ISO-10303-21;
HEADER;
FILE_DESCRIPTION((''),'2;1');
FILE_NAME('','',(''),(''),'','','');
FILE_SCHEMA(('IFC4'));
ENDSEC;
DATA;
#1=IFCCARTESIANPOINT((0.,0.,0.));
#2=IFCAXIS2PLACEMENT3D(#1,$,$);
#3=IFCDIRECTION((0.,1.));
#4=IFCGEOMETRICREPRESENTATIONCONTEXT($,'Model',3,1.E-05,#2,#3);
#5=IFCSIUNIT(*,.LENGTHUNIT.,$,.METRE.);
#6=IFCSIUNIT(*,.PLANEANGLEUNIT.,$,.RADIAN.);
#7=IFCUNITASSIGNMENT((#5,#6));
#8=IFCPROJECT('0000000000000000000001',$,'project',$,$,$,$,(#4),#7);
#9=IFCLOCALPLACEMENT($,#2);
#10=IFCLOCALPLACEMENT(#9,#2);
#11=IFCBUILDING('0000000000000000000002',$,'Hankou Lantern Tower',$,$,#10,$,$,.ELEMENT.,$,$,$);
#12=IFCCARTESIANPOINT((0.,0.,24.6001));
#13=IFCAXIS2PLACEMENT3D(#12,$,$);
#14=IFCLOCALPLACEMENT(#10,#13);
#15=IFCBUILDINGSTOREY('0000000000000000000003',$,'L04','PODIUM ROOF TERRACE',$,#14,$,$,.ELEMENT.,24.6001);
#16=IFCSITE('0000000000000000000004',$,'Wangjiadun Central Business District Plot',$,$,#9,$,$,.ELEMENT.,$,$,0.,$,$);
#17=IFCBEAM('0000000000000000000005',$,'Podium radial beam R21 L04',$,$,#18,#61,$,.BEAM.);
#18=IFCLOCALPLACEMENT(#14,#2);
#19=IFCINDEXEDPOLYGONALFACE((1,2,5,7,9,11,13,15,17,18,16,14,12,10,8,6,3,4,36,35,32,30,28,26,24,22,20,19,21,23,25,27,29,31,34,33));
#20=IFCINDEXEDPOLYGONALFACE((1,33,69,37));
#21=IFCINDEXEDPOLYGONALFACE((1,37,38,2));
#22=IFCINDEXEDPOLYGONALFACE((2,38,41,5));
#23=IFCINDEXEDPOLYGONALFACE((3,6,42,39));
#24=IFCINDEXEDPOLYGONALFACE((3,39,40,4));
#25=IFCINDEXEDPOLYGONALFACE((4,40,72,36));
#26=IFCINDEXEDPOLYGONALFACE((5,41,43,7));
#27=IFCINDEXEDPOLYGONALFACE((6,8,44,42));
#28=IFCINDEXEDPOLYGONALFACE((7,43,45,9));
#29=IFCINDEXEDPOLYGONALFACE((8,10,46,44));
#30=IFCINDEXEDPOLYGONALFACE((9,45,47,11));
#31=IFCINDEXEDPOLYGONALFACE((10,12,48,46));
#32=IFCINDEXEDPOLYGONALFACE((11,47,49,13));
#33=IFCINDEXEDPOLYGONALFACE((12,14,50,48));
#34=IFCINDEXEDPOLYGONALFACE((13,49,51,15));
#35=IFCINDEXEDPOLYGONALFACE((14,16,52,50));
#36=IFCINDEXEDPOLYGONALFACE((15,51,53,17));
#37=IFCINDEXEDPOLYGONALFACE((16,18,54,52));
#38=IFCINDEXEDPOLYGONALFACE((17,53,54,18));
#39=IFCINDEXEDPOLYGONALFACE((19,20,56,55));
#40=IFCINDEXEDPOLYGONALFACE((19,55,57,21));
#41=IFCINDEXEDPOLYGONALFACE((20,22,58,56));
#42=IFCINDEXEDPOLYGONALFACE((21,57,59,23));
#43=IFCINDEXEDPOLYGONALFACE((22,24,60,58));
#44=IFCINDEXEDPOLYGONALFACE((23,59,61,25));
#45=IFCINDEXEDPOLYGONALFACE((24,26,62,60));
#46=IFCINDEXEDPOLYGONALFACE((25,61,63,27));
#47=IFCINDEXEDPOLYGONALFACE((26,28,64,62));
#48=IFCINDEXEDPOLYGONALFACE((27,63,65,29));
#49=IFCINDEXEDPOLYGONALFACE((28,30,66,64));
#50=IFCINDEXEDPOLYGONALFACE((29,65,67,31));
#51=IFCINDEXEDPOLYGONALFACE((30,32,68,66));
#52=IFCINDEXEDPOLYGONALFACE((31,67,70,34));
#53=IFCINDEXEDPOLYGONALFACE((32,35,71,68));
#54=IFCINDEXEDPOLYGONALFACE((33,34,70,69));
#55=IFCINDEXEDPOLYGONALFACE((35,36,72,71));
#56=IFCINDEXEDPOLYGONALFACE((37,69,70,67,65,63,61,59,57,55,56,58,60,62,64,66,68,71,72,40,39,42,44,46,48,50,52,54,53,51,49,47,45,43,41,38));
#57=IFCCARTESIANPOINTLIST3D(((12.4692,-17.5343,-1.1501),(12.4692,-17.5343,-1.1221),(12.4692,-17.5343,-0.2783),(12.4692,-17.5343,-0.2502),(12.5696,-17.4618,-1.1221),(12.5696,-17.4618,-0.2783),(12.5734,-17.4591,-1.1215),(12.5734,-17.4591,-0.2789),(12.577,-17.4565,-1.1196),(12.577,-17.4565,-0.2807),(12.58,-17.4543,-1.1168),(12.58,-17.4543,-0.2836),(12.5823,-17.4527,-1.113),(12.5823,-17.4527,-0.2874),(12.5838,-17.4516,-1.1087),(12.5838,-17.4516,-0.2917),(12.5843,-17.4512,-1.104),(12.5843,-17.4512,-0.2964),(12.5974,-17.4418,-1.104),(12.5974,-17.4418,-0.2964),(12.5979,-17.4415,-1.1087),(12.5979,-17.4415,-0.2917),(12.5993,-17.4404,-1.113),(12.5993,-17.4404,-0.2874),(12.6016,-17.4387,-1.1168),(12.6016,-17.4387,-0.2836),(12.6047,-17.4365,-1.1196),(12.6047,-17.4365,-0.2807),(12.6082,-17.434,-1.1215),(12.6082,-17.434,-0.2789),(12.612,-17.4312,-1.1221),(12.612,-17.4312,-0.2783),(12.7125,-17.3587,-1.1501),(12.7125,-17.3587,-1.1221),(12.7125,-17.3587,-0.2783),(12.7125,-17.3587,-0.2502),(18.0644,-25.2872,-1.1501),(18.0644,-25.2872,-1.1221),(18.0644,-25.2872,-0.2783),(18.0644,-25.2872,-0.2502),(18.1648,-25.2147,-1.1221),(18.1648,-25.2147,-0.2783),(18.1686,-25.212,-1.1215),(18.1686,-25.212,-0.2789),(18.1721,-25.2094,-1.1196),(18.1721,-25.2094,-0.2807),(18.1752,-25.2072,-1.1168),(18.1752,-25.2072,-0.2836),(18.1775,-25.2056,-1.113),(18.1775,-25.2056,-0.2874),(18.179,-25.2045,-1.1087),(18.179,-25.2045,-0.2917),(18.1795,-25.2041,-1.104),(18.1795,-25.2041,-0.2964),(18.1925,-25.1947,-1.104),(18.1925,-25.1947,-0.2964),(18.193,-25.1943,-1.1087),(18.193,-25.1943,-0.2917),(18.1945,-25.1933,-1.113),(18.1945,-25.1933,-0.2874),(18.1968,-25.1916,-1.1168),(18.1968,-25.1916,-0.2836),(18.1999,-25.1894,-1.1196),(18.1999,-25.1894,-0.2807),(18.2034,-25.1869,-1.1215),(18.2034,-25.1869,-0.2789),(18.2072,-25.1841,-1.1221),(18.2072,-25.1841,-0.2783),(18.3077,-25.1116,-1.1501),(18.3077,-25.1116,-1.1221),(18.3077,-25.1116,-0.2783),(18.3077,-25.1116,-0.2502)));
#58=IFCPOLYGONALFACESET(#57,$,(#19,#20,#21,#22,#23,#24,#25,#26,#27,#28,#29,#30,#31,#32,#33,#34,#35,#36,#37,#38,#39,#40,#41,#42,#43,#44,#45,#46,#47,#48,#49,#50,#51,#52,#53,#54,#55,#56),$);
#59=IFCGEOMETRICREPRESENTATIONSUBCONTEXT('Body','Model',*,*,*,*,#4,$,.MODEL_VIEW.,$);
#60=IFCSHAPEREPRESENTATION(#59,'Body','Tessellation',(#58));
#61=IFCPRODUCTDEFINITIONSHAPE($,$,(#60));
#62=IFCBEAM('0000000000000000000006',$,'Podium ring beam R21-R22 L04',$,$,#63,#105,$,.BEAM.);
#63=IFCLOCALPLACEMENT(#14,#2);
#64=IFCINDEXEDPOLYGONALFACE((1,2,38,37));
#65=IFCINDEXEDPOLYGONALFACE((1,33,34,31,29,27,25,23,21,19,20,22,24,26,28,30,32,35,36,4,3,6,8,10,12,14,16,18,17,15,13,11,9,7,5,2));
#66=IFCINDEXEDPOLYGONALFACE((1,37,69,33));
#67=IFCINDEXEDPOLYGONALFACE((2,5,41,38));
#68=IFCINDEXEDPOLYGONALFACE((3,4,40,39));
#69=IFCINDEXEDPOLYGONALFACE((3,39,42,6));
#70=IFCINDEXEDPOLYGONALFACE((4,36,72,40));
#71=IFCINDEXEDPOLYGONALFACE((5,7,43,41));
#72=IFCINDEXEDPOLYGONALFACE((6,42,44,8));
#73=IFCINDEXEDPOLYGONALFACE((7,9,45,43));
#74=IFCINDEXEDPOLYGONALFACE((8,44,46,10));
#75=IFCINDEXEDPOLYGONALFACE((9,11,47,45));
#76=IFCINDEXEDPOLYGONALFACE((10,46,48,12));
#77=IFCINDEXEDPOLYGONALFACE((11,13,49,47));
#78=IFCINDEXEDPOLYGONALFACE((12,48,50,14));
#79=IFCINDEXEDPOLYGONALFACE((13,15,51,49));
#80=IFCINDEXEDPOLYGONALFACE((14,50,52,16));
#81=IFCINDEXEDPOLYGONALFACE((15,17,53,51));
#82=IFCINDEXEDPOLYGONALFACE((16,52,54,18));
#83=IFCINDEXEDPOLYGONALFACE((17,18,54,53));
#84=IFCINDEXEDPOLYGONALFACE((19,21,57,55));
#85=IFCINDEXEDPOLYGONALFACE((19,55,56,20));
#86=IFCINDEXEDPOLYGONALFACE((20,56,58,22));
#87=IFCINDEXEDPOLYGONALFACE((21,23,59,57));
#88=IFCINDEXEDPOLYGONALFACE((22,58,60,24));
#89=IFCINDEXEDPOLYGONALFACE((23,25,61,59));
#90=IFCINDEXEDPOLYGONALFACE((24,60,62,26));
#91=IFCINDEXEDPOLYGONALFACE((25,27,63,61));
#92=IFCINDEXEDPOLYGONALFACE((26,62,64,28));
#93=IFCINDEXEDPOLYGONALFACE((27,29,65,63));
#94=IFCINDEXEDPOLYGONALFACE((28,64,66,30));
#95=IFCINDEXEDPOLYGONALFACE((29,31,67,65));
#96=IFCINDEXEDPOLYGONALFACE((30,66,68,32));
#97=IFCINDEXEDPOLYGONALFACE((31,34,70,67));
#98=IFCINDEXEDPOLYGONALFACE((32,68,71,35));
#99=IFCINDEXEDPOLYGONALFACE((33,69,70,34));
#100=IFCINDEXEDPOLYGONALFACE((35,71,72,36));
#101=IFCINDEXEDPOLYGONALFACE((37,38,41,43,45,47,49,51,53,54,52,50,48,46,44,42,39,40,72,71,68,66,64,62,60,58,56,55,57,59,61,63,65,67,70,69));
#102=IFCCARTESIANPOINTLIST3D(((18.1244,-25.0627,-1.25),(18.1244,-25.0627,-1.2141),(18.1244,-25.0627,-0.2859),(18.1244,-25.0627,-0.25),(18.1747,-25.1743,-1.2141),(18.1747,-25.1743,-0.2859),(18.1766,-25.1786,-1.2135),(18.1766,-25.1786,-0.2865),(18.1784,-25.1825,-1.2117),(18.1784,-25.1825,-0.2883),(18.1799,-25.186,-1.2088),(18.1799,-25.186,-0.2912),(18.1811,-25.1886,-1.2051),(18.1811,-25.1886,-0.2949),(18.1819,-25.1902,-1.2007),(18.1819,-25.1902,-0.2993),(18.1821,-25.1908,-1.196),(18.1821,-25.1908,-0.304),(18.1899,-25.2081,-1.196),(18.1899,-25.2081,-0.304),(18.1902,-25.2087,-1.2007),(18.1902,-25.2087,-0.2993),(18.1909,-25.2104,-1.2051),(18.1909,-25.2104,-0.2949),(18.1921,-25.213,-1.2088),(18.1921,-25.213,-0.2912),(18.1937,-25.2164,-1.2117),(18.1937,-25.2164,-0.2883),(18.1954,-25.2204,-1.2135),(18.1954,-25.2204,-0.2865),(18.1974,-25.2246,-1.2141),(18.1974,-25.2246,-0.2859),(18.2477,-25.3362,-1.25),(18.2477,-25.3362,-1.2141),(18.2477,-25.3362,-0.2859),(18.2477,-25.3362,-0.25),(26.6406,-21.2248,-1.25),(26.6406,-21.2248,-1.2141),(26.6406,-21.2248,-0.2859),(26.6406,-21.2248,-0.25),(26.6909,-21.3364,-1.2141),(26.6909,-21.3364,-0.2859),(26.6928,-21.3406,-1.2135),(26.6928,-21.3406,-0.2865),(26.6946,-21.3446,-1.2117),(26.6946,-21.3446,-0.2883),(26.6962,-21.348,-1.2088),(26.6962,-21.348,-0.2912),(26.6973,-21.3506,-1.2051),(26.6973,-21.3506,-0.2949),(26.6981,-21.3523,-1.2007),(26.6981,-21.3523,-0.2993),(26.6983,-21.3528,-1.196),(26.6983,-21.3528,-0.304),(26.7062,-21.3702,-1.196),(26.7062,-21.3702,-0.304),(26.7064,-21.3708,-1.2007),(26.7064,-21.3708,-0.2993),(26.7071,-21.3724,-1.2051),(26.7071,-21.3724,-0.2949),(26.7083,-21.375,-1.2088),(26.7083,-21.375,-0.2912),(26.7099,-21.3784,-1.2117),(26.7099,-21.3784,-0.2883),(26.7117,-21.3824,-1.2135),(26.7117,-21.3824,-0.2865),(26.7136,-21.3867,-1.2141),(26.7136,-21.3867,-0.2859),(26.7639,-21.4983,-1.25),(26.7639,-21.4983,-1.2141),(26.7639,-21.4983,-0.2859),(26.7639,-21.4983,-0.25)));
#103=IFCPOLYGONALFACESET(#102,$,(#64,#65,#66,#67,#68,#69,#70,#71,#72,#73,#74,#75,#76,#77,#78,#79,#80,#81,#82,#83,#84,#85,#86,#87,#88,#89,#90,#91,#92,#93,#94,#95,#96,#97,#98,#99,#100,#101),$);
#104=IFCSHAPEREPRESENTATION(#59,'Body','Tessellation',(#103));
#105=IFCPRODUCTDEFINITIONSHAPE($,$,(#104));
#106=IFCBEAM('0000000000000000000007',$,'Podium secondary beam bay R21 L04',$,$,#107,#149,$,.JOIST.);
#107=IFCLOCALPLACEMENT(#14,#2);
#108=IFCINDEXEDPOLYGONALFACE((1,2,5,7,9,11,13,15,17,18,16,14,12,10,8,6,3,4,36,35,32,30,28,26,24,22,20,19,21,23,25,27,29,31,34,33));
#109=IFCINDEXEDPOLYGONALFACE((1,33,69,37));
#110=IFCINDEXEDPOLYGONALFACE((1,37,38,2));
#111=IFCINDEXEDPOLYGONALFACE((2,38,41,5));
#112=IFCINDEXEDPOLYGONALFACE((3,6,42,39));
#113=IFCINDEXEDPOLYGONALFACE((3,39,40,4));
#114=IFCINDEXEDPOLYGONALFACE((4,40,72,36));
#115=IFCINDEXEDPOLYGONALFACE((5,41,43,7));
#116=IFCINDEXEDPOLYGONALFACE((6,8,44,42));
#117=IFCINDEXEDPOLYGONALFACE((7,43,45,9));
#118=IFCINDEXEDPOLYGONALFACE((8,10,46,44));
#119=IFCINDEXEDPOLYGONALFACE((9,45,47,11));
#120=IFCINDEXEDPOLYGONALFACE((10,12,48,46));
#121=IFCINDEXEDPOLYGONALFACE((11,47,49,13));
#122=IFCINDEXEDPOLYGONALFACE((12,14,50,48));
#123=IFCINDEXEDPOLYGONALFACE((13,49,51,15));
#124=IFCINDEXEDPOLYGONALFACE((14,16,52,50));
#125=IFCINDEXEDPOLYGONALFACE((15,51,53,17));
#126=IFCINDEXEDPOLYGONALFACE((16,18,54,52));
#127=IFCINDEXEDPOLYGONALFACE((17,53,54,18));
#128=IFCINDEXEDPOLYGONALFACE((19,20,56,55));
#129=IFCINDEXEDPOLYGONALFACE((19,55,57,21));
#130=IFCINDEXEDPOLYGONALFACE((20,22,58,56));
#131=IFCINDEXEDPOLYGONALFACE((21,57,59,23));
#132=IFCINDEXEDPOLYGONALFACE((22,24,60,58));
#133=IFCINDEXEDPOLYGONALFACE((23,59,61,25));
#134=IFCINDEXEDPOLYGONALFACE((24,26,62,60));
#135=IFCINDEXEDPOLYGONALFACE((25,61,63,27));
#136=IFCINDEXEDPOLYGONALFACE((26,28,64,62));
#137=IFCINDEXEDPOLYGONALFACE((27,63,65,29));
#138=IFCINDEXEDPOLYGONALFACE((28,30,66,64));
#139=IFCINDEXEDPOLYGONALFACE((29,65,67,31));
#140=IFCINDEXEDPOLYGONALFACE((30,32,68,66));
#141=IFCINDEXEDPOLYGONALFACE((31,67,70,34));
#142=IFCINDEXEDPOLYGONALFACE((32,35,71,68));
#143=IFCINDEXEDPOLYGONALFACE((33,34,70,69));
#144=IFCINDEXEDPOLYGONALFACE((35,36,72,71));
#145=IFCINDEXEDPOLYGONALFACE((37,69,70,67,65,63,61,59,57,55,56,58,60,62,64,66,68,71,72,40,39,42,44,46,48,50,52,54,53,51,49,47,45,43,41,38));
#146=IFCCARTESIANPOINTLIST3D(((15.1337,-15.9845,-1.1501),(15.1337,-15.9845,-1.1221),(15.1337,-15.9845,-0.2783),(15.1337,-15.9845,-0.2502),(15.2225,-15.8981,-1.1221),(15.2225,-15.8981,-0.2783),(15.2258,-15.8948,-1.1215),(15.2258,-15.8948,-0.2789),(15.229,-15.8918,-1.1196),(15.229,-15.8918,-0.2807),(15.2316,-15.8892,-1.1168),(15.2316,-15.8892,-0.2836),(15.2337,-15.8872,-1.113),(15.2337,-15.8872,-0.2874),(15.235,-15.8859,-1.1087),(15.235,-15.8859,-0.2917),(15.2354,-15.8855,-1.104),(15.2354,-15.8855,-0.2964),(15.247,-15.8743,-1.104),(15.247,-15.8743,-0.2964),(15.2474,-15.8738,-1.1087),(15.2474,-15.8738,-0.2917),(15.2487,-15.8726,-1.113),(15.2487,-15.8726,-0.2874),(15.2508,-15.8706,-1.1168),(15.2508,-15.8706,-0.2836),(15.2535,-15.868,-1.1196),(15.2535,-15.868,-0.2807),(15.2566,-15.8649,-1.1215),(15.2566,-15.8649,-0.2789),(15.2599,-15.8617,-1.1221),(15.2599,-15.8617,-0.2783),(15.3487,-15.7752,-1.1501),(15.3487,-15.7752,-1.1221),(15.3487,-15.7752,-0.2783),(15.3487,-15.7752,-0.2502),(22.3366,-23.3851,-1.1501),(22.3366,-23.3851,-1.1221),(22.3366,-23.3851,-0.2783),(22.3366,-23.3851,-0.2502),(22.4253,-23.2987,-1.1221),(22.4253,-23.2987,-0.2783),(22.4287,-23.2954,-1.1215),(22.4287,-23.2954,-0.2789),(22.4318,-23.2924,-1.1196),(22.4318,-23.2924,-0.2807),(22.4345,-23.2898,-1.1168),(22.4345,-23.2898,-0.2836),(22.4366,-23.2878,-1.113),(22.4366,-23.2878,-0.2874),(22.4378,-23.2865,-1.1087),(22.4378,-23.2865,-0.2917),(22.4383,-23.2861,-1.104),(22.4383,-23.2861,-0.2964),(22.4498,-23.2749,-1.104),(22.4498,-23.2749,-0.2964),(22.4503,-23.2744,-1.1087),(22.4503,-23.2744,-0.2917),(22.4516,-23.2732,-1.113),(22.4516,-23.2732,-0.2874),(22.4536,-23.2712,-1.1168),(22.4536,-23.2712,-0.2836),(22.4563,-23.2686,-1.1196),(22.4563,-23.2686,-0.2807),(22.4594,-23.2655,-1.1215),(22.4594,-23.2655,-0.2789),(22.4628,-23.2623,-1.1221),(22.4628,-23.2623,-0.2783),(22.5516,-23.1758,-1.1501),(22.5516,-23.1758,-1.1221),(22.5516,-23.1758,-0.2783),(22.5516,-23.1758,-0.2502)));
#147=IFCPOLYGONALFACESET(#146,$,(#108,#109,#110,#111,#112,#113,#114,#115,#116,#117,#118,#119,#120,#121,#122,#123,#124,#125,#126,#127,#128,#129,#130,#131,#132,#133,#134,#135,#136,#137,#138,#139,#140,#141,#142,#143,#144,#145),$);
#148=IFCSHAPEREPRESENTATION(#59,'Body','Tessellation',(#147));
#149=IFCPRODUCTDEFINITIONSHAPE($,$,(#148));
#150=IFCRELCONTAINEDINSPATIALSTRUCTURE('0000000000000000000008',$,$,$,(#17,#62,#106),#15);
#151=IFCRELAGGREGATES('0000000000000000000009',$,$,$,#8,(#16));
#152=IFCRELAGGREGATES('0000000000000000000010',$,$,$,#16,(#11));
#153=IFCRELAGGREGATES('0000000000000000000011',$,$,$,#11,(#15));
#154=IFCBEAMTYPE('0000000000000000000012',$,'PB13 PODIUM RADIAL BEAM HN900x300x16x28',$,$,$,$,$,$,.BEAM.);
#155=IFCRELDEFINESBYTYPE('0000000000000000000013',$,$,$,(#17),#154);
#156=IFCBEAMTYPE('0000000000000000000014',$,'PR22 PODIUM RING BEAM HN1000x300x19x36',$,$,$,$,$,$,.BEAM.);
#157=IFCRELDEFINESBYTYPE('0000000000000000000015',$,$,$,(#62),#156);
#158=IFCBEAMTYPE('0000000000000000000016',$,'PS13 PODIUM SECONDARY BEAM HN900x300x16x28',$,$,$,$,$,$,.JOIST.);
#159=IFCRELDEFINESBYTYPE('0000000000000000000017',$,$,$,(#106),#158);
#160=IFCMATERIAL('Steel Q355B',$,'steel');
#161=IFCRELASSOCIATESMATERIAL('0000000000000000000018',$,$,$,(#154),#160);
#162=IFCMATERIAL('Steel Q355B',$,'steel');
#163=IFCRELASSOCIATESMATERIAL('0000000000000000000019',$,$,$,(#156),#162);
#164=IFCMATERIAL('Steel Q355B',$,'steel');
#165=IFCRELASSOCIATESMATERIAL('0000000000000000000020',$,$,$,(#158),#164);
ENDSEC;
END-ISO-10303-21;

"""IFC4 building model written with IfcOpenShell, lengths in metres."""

from ifc_helpers import new_model, si_unit, direction, frame, origin, origin_2d, place, context, subcontext, project, spatial, i_section, extrude, material, material_profile, profile_set, type_object, element, save


model = new_model("IFC4")

# Units and contexts
model_context = context("Model", 3, precision=1e-05, world=origin(), true_north=direction((0.0, 1.0)))
body_context = subcontext(model_context, "Body", "Model", "MODEL_VIEW")
ifc_project = project(units=[si_unit("LENGTHUNIT", "METRE"), si_unit("PLANEANGLEUNIT", "RADIAN")], contexts=[model_context])

# Site, building, storey
site_placement = place(None, origin())
site = spatial("IfcSite", under=ifc_project, at=site_placement, Name="Wangjiadun Central Business District Plot", CompositionType="ELEMENT", RefElevation=0.0)
building_placement = place(site_placement, origin())
building = spatial("IfcBuilding", under=site, at=building_placement, Name="Hankou Lantern Tower", CompositionType="ELEMENT")
storey_placement = place(building_placement, frame((0.0, 0.0, 24.6001)))
storey = spatial("IfcBuildingStorey", under=building, at=storey_placement, Name="L04", Description="PODIUM ROOF TERRACE", CompositionType="ELEMENT", Elevation=24.6001)

# Beams
ifc_material_1 = material(Name="Steel Q355B", Category="steel")
ifc_material_profile_1 = material_profile(ifc_material_1, i_section(OverallWidth=0.3, OverallDepth=0.8999, WebThickness=0.0161, FlangeThickness=0.0281, FilletRadius=0.0181, at=origin_2d()), Name="HN900x300x16x28")
ifc_profile_set_1 = profile_set([ifc_material_profile_1], Name="Steel Q355B")
beam_type_1 = type_object("IfcBeamType", Name="PB13 PODIUM RADIAL BEAM HN900x300x16x28", PredefinedType="BEAM", material=ifc_profile_set_1)
beam_1_placement = place(storey_placement, frame((12.5908, -17.4465, -0.7002), z_axis=(0.585207, -0.810884, 0.0), x_axis=(0.810884, 0.585207, 0.0)))
element("IfcBeam", 1, at=beam_1_placement, inside=storey, type_object=beam_type_1, Name="Podium radial beam R21 L04", PredefinedType="BEAM", context=body_context, shape_type="SweptSolid", body=[
    extrude(i_section(OverallWidth=0.3, OverallDepth=0.8999, WebThickness=0.0161, FlangeThickness=0.0281, FilletRadius=0.0181, at=origin_2d()), origin(), (0.0, 0.0, 1.0), 9.561),
])
ifc_material_2 = material(Name="Steel Q355B", Category="steel")
ifc_material_profile_2 = material_profile(ifc_material_2, i_section(OverallWidth=0.3, OverallDepth=1.0, WebThickness=0.019, FlangeThickness=0.0359, FilletRadius=0.0181, at=origin_2d()), Name="HN1000x300x19x36")
ifc_profile_set_2 = profile_set([ifc_material_profile_2], Name="Steel Q355B")
beam_type_2 = type_object("IfcBeamType", Name="PR22 PODIUM RING BEAM HN1000x300x19x36", PredefinedType="BEAM", material=ifc_profile_set_2)
beam_2_placement = place(storey_placement, frame((18.186, -25.1995, -0.75), z_axis=(0.911695, 0.410867, 0.0), x_axis=(-0.410867, 0.911695, 0.0)))
element("IfcBeam", 2, at=beam_2_placement, inside=storey, type_object=beam_type_2, Name="Podium ring beam R21-R22 L04", PredefinedType="BEAM", context=body_context, shape_type="SweptSolid", body=[
    extrude(i_section(OverallWidth=0.3, OverallDepth=1.0, WebThickness=0.019, FlangeThickness=0.0359, FilletRadius=0.0181, at=origin_2d()), origin(), (0.0, 0.0, 1.0), 9.3411),
])
ifc_material_3 = material(Name="Steel Q355B", Category="steel")
ifc_material_profile_3 = material_profile(ifc_material_3, i_section(OverallWidth=0.3, OverallDepth=0.8999, WebThickness=0.0161, FlangeThickness=0.0281, FilletRadius=0.0181, at=origin_2d()), Name="HN900x300x16x28")
ifc_profile_set_3 = profile_set([ifc_material_profile_3], Name="Steel Q355B")
beam_type_3 = type_object("IfcBeamType", Name="PS13 PODIUM SECONDARY BEAM HN900x300x16x28", PredefinedType="JOIST", material=ifc_profile_set_3)
beam_3_placement = place(storey_placement, frame((15.2412, -15.8799, -0.7002), z_axis=(0.697468, -0.716616, 0.0), x_axis=(0.716616, 0.697468, 0.0)))
element("IfcBeam", 3, at=beam_3_placement, inside=storey, type_object=beam_type_3, Name="Podium secondary beam bay R21 L04", PredefinedType="JOIST", context=body_context, shape_type="SweptSolid", body=[
    extrude(i_section(OverallWidth=0.3, OverallDepth=0.8999, WebThickness=0.0161, FlangeThickness=0.0281, FilletRadius=0.0181, at=origin_2d()), origin(), (0.0, 0.0, 1.0), 10.3271),
])

save(model, "model.ifc")
